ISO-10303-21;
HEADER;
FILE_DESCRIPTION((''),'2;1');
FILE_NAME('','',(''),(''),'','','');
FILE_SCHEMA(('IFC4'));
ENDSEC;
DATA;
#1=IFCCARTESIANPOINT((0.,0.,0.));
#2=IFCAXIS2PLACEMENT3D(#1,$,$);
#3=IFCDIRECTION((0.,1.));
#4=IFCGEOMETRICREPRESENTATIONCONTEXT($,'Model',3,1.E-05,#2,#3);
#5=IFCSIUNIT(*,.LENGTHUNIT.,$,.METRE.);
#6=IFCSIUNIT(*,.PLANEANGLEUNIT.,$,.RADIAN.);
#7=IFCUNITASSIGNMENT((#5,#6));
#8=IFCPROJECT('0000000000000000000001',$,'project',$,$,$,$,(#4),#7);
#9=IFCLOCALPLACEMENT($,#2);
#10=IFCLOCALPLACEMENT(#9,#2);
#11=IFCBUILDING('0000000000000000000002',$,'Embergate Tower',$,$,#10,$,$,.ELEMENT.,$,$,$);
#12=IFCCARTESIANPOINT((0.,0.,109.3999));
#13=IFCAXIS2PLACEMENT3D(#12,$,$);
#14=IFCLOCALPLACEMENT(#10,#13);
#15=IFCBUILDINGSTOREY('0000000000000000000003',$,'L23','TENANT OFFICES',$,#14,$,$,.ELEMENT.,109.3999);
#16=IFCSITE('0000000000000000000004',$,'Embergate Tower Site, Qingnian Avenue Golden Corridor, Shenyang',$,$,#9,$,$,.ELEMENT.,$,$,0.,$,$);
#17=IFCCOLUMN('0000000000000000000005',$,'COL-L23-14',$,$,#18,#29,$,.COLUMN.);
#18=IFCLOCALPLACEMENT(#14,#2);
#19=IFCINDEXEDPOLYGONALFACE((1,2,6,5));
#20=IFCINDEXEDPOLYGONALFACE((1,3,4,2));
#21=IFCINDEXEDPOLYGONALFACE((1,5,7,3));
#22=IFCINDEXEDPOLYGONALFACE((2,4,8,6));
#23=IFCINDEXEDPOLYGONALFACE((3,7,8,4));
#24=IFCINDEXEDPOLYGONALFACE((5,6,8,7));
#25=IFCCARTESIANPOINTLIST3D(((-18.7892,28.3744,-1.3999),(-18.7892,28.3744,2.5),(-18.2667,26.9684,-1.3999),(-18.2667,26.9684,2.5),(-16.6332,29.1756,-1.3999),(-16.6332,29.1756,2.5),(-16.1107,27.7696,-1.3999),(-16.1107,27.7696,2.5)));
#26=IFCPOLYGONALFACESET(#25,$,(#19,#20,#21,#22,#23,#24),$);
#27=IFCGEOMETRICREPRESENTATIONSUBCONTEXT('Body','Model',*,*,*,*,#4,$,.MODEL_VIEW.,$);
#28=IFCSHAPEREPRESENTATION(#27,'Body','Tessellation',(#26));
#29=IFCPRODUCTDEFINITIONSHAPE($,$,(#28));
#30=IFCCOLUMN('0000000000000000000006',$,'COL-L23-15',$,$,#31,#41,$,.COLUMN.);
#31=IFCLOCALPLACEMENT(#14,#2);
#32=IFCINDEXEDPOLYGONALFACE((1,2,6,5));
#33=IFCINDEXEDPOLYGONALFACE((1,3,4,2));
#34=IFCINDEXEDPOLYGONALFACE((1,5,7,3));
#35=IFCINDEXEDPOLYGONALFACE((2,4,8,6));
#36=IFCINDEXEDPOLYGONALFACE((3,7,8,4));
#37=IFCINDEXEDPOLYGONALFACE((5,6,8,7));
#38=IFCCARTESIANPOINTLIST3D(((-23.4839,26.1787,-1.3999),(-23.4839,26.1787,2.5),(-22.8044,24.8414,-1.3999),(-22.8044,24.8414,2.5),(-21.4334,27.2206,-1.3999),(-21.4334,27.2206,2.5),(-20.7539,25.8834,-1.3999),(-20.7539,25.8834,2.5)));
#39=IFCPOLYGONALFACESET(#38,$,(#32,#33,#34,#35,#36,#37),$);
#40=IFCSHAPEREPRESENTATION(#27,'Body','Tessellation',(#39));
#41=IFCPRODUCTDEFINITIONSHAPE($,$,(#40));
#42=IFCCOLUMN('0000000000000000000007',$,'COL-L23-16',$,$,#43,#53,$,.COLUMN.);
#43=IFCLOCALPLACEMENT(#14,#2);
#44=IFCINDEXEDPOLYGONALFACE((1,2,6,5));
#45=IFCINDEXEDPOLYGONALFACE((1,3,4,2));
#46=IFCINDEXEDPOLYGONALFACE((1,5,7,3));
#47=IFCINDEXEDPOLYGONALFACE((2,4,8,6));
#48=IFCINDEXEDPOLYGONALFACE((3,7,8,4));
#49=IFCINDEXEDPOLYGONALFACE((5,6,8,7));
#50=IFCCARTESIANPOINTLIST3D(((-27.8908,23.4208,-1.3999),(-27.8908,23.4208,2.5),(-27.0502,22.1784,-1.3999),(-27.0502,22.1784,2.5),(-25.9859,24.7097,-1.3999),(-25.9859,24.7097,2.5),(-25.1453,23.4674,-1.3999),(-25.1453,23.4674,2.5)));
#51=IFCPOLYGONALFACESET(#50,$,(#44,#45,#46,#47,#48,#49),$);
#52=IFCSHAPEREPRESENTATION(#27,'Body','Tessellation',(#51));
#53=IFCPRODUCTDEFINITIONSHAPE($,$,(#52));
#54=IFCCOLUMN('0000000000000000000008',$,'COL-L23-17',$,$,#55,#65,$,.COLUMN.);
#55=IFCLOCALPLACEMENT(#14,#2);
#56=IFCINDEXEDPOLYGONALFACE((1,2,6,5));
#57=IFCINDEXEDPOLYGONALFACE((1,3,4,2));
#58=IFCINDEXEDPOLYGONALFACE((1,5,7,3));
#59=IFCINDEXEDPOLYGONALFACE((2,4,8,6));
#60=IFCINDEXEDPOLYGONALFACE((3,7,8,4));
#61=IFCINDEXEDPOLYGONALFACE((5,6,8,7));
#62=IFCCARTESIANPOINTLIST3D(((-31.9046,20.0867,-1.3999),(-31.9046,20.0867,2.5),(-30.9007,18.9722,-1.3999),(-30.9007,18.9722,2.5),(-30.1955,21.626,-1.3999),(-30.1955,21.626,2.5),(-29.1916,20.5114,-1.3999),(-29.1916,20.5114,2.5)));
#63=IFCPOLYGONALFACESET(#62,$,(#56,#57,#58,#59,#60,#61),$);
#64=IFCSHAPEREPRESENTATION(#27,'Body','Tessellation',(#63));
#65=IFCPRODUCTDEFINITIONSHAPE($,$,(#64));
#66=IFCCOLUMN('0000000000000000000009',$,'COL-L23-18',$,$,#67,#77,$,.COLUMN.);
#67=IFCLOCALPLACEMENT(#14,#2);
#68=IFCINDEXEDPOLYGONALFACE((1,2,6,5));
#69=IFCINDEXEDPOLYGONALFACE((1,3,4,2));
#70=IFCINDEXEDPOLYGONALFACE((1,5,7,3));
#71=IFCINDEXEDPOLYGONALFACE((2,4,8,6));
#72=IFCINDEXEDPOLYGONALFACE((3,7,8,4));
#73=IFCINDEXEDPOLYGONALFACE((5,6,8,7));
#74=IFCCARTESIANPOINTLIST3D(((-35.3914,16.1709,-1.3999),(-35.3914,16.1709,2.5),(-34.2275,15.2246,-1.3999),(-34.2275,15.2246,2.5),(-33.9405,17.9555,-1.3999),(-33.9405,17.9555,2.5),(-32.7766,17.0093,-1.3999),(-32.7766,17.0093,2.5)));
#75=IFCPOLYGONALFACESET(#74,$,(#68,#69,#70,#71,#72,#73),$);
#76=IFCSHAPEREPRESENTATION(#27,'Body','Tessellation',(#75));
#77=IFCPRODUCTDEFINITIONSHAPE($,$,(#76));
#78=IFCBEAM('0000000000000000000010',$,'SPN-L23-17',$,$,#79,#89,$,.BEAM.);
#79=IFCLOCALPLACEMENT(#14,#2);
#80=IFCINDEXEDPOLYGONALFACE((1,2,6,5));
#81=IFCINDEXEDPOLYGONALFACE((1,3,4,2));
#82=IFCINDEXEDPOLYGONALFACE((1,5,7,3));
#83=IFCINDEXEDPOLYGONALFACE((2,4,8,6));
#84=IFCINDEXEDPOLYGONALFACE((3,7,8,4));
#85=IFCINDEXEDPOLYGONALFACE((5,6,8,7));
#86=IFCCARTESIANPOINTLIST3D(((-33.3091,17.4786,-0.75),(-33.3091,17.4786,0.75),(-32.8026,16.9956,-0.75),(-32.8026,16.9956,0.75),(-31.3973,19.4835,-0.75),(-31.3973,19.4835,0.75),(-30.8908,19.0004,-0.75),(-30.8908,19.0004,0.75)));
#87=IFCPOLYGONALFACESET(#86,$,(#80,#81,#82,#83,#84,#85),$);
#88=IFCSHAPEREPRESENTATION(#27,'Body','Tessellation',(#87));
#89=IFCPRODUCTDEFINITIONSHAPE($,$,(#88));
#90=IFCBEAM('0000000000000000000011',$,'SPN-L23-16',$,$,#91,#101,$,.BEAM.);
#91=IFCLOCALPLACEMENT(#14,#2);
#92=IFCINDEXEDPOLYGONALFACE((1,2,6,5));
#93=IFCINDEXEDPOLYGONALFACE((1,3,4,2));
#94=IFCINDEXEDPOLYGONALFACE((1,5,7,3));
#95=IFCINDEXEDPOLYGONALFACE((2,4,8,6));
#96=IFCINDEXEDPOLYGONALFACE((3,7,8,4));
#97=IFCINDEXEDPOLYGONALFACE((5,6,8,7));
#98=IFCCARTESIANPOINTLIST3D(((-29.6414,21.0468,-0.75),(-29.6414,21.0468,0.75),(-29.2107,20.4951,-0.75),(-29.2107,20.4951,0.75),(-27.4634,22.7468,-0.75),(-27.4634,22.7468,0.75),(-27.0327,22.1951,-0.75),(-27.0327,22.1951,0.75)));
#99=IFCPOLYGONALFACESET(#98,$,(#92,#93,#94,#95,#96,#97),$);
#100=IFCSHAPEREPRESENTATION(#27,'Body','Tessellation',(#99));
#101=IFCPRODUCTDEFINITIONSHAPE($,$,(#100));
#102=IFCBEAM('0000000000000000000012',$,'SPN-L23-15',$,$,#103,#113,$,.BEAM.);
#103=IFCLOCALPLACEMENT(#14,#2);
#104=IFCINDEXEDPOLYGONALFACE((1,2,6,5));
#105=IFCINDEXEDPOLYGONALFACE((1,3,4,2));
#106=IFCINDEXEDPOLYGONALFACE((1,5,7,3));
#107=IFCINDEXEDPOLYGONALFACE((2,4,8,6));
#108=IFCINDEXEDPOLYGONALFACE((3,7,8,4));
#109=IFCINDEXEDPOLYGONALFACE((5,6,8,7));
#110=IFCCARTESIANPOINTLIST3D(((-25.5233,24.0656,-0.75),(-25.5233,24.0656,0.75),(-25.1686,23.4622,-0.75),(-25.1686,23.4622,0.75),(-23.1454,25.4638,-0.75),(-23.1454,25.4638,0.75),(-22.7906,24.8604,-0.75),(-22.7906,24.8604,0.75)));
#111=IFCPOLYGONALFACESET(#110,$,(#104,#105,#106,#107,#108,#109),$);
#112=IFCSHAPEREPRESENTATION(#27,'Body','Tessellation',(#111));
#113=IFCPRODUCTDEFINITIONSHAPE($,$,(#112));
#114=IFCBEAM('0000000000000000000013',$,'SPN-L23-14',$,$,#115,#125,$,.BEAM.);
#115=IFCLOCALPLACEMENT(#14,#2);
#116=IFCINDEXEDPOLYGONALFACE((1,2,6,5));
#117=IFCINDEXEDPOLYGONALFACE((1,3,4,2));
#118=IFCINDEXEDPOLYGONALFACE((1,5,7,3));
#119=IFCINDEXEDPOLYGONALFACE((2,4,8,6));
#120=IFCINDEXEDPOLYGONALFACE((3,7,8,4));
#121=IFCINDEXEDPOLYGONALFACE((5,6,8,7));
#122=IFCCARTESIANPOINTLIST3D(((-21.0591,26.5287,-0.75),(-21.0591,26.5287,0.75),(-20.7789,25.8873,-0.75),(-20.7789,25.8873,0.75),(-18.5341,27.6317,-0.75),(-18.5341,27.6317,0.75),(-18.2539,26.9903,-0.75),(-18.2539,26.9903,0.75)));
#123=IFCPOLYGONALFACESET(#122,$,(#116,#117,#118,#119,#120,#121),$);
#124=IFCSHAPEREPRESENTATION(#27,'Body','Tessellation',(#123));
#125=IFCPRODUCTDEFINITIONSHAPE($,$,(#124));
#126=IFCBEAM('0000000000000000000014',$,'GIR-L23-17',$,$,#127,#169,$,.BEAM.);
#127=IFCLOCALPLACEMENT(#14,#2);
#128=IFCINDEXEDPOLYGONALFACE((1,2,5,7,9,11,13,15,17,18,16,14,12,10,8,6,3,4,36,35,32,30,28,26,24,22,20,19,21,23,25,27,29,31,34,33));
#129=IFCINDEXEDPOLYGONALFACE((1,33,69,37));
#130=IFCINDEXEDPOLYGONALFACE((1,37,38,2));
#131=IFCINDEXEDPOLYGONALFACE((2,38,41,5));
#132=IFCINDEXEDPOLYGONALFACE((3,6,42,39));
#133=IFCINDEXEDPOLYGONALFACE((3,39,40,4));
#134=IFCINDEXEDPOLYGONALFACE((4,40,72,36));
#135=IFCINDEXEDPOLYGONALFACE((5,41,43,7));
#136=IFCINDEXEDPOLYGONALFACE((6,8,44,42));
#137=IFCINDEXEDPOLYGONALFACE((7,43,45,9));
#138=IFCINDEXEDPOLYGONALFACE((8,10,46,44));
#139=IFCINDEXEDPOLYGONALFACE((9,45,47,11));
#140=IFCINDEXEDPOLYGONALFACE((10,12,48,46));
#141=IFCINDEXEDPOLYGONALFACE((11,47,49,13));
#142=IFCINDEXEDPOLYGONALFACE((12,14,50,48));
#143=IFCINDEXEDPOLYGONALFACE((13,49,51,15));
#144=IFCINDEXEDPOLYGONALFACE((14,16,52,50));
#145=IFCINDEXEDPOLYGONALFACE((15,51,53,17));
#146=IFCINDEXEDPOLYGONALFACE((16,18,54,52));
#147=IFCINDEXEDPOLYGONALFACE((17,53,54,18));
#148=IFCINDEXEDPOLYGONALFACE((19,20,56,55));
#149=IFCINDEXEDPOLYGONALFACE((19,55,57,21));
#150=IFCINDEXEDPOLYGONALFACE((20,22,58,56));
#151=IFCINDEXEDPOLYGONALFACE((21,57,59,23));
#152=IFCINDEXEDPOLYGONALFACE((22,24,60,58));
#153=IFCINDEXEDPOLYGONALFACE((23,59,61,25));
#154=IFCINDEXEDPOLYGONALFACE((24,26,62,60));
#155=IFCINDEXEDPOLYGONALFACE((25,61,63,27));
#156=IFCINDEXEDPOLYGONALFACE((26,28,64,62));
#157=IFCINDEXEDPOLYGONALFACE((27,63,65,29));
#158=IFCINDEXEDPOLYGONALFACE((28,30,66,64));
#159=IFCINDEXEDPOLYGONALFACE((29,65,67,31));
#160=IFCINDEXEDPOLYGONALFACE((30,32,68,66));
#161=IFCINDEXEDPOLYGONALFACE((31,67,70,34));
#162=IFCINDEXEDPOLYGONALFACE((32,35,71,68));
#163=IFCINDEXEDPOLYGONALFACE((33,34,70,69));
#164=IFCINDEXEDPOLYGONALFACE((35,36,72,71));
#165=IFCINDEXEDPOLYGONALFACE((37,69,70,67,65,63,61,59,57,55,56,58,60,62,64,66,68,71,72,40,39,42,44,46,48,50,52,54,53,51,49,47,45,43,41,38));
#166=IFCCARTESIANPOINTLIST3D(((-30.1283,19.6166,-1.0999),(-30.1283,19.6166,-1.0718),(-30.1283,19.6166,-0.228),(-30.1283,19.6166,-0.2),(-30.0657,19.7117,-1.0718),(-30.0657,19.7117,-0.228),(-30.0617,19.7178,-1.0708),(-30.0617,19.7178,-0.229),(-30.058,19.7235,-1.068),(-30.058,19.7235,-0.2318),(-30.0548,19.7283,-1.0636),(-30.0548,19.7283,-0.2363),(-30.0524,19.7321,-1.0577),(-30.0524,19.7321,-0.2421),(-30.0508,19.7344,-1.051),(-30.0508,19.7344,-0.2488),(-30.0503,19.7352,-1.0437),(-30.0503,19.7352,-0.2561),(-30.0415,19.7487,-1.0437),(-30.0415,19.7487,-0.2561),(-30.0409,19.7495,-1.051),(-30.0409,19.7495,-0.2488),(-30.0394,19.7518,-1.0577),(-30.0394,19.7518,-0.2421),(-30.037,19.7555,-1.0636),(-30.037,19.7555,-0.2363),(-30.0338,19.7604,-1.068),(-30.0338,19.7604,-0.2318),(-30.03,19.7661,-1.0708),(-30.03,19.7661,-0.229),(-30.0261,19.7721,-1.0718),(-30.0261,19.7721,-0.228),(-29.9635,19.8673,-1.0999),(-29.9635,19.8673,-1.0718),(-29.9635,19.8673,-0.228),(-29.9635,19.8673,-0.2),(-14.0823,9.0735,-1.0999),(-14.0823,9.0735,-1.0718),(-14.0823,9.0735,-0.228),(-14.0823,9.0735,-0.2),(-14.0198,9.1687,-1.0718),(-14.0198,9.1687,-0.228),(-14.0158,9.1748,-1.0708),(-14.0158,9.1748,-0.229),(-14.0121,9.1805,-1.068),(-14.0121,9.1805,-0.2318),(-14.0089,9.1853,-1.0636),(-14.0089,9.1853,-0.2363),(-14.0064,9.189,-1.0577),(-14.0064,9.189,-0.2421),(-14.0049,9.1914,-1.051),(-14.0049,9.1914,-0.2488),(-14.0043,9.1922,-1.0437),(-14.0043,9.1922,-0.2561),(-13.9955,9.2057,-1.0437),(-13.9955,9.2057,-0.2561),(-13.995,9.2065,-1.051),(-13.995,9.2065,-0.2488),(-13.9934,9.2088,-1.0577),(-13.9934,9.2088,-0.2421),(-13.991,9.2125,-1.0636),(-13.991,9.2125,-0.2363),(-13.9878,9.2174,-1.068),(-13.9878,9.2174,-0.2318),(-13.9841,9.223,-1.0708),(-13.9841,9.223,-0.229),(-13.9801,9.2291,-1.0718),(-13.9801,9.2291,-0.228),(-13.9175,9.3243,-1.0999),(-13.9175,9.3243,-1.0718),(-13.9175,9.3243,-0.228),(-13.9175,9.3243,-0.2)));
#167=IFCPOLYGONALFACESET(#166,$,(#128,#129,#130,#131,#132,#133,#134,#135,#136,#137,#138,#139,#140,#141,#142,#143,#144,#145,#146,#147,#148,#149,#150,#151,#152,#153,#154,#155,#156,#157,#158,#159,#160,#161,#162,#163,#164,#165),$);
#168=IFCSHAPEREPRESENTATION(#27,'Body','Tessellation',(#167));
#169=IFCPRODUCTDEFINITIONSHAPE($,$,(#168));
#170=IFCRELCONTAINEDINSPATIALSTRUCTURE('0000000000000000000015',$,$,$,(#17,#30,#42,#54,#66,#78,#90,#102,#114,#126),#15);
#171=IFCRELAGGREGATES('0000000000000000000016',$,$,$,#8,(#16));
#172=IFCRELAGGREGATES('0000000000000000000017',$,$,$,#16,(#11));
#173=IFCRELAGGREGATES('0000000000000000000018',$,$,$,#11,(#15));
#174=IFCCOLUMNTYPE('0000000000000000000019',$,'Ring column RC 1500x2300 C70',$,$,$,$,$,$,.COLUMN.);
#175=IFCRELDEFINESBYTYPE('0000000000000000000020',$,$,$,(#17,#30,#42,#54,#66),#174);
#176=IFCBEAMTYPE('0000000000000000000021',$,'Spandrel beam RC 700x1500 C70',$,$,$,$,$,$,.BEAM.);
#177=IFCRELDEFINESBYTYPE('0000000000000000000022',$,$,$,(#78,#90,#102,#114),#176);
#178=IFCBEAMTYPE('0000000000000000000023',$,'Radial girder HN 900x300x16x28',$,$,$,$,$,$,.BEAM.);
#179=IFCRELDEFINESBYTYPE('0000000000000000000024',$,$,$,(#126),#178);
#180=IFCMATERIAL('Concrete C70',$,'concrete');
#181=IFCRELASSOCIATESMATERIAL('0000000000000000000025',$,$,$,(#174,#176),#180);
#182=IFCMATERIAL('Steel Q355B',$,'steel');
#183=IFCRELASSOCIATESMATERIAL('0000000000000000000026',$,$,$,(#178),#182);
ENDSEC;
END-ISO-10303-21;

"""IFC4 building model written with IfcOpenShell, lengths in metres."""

from ifc_helpers import new_model, si_unit, direction, frame, origin, origin_2d, place, context, subcontext, project, spatial, rectangle, i_section, extrude, source, transform, mapped, material, material_profile, profile_set, type_object, element, save


model = new_model("IFC4")

# Units and contexts
model_context = context("Model", 3, precision=1e-05, world=origin(), true_north=direction((0.0, 1.0)))
body_context = subcontext(model_context, "Body", "Model", "MODEL_VIEW")
ifc_project = project(units=[si_unit("LENGTHUNIT", "METRE"), si_unit("PLANEANGLEUNIT", "RADIAN")], contexts=[model_context])

# Site, building, storey
site_placement = place(None, origin())
site = spatial("IfcSite", under=ifc_project, at=site_placement, Name="Embergate Tower Site, Qingnian Avenue Golden Corridor, Shenyang", CompositionType="ELEMENT", RefElevation=0.0)
building_placement = place(site_placement, origin())
building = spatial("IfcBuilding", under=site, at=building_placement, Name="Embergate Tower", CompositionType="ELEMENT")
storey_placement = place(building_placement, frame((0.0, 0.0, 109.3999)))
storey = spatial("IfcBuildingStorey", under=building, at=storey_placement, Name="L23", Description="TENANT OFFICES", CompositionType="ELEMENT", Elevation=109.3999)

# Columns
ifc_material_1 = material(Name="Concrete C70", Category="concrete")
ifc_material_profile_1 = material_profile(ifc_material_1, rectangle(XDim=1.5, YDim=2.3, at=origin_2d()), Name="RC 1500x2300")
ifc_profile_set_1 = profile_set([ifc_material_profile_1], Name="Concrete C70")
column_type = type_object("IfcColumnType", Name="Ring column RC 1500x2300 C70", PredefinedType="COLUMN", material=ifc_profile_set_1)
shared_shape_1 = source(origin(), body_context, "Body", "SweptSolid", [
    extrude(rectangle(XDim=1.5, YDim=2.3, at=origin_2d()), origin(), (0.0, 0.0, 1.0), 3.8999),
])
for number, where, z_axis, x_axis, name in (
    (1, (-17.45, 28.072, -1.3999), (0.0, 0.0, 1.0), (-0.348343, 0.937367, 0.0), "COL-L23-14"),
    (2, (-22.1189, 26.031, -1.3999), (0.0, 0.0, 1.0), (-0.453011, 0.891505, 0.0), "COL-L23-15"),
    (3, (-26.5181, 23.4441, -1.3999), (0.0, 0.0, 1.0), (-0.560408, 0.828217, 0.0), "COL-L23-16"),
    (4, (-30.5481, 20.2991, -1.3999), (0.0, 0.0, 1.0), (-0.669221, 0.743063, 0.0), "COL-L23-17"),
    (5, (-34.084, 16.5901, -1.3999), (0.0, 0.0, 1.0), (-0.775925, 0.630825, 0.0), "COL-L23-18"),
):
    element("IfcColumn", number, at=place(storey_placement, frame(where, z_axis=z_axis, x_axis=x_axis)), inside=storey, type_object=column_type, Name=name, PredefinedType="COLUMN", context=body_context, shape_type="MappedRepresentation", body=[
        mapped(shared_shape_1, transform((0.0, 0.0, 0.0))),
    ])

# Beams
ifc_material_profile_2 = material_profile(ifc_material_1, rectangle(XDim=0.7, YDim=1.5, at=origin_2d()), Name="RC 700x1500")
ifc_profile_set_2 = profile_set([ifc_material_profile_2], Name="Concrete C70")
beam_type_1 = type_object("IfcBeamType", Name="Spandrel beam RC 700x1500 C70", PredefinedType="BEAM", material=ifc_profile_set_2)
shared_shape_2 = source(origin(), body_context, "Body", "SweptSolid", [
    extrude(rectangle(XDim=0.7, YDim=1.5, at=origin_2d()), origin(), (0.0, 0.0, 1.0), 2.7703),
])
beam_1_placement = place(storey_placement, frame((-31.144, 19.2419, 0.0), z_axis=(-0.690119, -0.723696, 0.0), x_axis=(0.723696, -0.690119, 0.0)))
element("IfcBeam", 6, at=beam_1_placement, inside=storey, type_object=beam_type_1, Name="SPN-L23-17", PredefinedType="BEAM", context=body_context, shape_type="MappedRepresentation", body=[
    mapped(shared_shape_2, transform((0.0, 0.0, 0.0))),
])
shared_shape_3 = source(origin(), body_context, "Body", "SweptSolid", [
    extrude(rectangle(XDim=0.7, YDim=1.5, at=origin_2d()), origin(), (0.0, 0.0, 1.0), 2.7629),
])
beam_2_placement = place(storey_placement, frame((-27.248, 22.4709, 0.0), z_axis=(-0.788304, -0.615286, 0.0), x_axis=(0.615286, -0.788304, 0.0)))
element("IfcBeam", 7, at=beam_2_placement, inside=storey, type_object=beam_type_1, Name="SPN-L23-16", PredefinedType="BEAM", context=body_context, shape_type="MappedRepresentation", body=[
    mapped(shared_shape_3, transform((0.0, 0.0, 0.0))),
])
shared_shape_4 = source(origin(), body_context, "Body", "SweptSolid", [
    extrude(rectangle(XDim=0.7, YDim=1.5, at=origin_2d()), origin(), (0.0, 0.0, 1.0), 2.7585),
])
beam_3_placement = place(storey_placement, frame((-22.968, 25.1621, 0.0), z_axis=(-0.862027, -0.506862, 0.0), x_axis=(0.506862, -0.862027, 0.0)))
element("IfcBeam", 8, at=beam_3_placement, inside=storey, type_object=beam_type_1, Name="SPN-L23-15", PredefinedType="BEAM", context=body_context, shape_type="MappedRepresentation", body=[
    mapped(shared_shape_4, transform((0.0, 0.0, 0.0))),
])
shared_shape_5 = source(origin(), body_context, "Body", "SweptSolid", [
    extrude(rectangle(XDim=0.7, YDim=1.5, at=origin_2d()), origin(), (0.0, 0.0, 1.0), 2.7554),
])
beam_4_placement = place(storey_placement, frame((-18.394, 27.311, 0.0), z_axis=(-0.916373, -0.400326, 0.0), x_axis=(0.400326, -0.916373, 0.0)))
element("IfcBeam", 9, at=beam_4_placement, inside=storey, type_object=beam_type_1, Name="SPN-L23-14", PredefinedType="BEAM", context=body_context, shape_type="MappedRepresentation", body=[
    mapped(shared_shape_5, transform((0.0, 0.0, 0.0))),
])
ifc_material_2 = material(Name="Steel Q355B", Category="steel")
ifc_material_profile_3 = material_profile(ifc_material_2, i_section(OverallWidth=0.3, OverallDepth=0.8999, WebThickness=0.0161, FlangeThickness=0.0281, FilletRadius=0.0281, at=origin_2d()), Name="HN 900x300x16x28")
ifc_profile_set_3 = profile_set([ifc_material_profile_3], Name="Steel Q355 grade B")
beam_type_2 = type_object("IfcBeamType", Name="Radial girder HN 900x300x16x28", PredefinedType="BEAM", material=ifc_profile_set_3)
shared_shape_6 = source(origin(), body_context, "Body", "SweptSolid", [
    extrude(i_section(OverallWidth=0.3, OverallDepth=0.8999, WebThickness=0.0161, FlangeThickness=0.0281, FilletRadius=0.0281, at=origin_2d()), origin(), (0.0, 0.0, 1.0), 19.1997),
])
beam_5_placement = place(storey_placement, frame((-30.0459, 19.7419, -0.6499), z_axis=(0.835741, -0.549124, 0.0), x_axis=(0.549124, 0.835741, 0.0)))
element("IfcBeam", 10, at=beam_5_placement, inside=storey, type_object=beam_type_2, Name="GIR-L23-17", PredefinedType="BEAM", context=body_context, shape_type="MappedRepresentation", body=[
    mapped(shared_shape_6, transform((0.0, 0.0, 0.0))),
])

save(model, "model.ifc")
